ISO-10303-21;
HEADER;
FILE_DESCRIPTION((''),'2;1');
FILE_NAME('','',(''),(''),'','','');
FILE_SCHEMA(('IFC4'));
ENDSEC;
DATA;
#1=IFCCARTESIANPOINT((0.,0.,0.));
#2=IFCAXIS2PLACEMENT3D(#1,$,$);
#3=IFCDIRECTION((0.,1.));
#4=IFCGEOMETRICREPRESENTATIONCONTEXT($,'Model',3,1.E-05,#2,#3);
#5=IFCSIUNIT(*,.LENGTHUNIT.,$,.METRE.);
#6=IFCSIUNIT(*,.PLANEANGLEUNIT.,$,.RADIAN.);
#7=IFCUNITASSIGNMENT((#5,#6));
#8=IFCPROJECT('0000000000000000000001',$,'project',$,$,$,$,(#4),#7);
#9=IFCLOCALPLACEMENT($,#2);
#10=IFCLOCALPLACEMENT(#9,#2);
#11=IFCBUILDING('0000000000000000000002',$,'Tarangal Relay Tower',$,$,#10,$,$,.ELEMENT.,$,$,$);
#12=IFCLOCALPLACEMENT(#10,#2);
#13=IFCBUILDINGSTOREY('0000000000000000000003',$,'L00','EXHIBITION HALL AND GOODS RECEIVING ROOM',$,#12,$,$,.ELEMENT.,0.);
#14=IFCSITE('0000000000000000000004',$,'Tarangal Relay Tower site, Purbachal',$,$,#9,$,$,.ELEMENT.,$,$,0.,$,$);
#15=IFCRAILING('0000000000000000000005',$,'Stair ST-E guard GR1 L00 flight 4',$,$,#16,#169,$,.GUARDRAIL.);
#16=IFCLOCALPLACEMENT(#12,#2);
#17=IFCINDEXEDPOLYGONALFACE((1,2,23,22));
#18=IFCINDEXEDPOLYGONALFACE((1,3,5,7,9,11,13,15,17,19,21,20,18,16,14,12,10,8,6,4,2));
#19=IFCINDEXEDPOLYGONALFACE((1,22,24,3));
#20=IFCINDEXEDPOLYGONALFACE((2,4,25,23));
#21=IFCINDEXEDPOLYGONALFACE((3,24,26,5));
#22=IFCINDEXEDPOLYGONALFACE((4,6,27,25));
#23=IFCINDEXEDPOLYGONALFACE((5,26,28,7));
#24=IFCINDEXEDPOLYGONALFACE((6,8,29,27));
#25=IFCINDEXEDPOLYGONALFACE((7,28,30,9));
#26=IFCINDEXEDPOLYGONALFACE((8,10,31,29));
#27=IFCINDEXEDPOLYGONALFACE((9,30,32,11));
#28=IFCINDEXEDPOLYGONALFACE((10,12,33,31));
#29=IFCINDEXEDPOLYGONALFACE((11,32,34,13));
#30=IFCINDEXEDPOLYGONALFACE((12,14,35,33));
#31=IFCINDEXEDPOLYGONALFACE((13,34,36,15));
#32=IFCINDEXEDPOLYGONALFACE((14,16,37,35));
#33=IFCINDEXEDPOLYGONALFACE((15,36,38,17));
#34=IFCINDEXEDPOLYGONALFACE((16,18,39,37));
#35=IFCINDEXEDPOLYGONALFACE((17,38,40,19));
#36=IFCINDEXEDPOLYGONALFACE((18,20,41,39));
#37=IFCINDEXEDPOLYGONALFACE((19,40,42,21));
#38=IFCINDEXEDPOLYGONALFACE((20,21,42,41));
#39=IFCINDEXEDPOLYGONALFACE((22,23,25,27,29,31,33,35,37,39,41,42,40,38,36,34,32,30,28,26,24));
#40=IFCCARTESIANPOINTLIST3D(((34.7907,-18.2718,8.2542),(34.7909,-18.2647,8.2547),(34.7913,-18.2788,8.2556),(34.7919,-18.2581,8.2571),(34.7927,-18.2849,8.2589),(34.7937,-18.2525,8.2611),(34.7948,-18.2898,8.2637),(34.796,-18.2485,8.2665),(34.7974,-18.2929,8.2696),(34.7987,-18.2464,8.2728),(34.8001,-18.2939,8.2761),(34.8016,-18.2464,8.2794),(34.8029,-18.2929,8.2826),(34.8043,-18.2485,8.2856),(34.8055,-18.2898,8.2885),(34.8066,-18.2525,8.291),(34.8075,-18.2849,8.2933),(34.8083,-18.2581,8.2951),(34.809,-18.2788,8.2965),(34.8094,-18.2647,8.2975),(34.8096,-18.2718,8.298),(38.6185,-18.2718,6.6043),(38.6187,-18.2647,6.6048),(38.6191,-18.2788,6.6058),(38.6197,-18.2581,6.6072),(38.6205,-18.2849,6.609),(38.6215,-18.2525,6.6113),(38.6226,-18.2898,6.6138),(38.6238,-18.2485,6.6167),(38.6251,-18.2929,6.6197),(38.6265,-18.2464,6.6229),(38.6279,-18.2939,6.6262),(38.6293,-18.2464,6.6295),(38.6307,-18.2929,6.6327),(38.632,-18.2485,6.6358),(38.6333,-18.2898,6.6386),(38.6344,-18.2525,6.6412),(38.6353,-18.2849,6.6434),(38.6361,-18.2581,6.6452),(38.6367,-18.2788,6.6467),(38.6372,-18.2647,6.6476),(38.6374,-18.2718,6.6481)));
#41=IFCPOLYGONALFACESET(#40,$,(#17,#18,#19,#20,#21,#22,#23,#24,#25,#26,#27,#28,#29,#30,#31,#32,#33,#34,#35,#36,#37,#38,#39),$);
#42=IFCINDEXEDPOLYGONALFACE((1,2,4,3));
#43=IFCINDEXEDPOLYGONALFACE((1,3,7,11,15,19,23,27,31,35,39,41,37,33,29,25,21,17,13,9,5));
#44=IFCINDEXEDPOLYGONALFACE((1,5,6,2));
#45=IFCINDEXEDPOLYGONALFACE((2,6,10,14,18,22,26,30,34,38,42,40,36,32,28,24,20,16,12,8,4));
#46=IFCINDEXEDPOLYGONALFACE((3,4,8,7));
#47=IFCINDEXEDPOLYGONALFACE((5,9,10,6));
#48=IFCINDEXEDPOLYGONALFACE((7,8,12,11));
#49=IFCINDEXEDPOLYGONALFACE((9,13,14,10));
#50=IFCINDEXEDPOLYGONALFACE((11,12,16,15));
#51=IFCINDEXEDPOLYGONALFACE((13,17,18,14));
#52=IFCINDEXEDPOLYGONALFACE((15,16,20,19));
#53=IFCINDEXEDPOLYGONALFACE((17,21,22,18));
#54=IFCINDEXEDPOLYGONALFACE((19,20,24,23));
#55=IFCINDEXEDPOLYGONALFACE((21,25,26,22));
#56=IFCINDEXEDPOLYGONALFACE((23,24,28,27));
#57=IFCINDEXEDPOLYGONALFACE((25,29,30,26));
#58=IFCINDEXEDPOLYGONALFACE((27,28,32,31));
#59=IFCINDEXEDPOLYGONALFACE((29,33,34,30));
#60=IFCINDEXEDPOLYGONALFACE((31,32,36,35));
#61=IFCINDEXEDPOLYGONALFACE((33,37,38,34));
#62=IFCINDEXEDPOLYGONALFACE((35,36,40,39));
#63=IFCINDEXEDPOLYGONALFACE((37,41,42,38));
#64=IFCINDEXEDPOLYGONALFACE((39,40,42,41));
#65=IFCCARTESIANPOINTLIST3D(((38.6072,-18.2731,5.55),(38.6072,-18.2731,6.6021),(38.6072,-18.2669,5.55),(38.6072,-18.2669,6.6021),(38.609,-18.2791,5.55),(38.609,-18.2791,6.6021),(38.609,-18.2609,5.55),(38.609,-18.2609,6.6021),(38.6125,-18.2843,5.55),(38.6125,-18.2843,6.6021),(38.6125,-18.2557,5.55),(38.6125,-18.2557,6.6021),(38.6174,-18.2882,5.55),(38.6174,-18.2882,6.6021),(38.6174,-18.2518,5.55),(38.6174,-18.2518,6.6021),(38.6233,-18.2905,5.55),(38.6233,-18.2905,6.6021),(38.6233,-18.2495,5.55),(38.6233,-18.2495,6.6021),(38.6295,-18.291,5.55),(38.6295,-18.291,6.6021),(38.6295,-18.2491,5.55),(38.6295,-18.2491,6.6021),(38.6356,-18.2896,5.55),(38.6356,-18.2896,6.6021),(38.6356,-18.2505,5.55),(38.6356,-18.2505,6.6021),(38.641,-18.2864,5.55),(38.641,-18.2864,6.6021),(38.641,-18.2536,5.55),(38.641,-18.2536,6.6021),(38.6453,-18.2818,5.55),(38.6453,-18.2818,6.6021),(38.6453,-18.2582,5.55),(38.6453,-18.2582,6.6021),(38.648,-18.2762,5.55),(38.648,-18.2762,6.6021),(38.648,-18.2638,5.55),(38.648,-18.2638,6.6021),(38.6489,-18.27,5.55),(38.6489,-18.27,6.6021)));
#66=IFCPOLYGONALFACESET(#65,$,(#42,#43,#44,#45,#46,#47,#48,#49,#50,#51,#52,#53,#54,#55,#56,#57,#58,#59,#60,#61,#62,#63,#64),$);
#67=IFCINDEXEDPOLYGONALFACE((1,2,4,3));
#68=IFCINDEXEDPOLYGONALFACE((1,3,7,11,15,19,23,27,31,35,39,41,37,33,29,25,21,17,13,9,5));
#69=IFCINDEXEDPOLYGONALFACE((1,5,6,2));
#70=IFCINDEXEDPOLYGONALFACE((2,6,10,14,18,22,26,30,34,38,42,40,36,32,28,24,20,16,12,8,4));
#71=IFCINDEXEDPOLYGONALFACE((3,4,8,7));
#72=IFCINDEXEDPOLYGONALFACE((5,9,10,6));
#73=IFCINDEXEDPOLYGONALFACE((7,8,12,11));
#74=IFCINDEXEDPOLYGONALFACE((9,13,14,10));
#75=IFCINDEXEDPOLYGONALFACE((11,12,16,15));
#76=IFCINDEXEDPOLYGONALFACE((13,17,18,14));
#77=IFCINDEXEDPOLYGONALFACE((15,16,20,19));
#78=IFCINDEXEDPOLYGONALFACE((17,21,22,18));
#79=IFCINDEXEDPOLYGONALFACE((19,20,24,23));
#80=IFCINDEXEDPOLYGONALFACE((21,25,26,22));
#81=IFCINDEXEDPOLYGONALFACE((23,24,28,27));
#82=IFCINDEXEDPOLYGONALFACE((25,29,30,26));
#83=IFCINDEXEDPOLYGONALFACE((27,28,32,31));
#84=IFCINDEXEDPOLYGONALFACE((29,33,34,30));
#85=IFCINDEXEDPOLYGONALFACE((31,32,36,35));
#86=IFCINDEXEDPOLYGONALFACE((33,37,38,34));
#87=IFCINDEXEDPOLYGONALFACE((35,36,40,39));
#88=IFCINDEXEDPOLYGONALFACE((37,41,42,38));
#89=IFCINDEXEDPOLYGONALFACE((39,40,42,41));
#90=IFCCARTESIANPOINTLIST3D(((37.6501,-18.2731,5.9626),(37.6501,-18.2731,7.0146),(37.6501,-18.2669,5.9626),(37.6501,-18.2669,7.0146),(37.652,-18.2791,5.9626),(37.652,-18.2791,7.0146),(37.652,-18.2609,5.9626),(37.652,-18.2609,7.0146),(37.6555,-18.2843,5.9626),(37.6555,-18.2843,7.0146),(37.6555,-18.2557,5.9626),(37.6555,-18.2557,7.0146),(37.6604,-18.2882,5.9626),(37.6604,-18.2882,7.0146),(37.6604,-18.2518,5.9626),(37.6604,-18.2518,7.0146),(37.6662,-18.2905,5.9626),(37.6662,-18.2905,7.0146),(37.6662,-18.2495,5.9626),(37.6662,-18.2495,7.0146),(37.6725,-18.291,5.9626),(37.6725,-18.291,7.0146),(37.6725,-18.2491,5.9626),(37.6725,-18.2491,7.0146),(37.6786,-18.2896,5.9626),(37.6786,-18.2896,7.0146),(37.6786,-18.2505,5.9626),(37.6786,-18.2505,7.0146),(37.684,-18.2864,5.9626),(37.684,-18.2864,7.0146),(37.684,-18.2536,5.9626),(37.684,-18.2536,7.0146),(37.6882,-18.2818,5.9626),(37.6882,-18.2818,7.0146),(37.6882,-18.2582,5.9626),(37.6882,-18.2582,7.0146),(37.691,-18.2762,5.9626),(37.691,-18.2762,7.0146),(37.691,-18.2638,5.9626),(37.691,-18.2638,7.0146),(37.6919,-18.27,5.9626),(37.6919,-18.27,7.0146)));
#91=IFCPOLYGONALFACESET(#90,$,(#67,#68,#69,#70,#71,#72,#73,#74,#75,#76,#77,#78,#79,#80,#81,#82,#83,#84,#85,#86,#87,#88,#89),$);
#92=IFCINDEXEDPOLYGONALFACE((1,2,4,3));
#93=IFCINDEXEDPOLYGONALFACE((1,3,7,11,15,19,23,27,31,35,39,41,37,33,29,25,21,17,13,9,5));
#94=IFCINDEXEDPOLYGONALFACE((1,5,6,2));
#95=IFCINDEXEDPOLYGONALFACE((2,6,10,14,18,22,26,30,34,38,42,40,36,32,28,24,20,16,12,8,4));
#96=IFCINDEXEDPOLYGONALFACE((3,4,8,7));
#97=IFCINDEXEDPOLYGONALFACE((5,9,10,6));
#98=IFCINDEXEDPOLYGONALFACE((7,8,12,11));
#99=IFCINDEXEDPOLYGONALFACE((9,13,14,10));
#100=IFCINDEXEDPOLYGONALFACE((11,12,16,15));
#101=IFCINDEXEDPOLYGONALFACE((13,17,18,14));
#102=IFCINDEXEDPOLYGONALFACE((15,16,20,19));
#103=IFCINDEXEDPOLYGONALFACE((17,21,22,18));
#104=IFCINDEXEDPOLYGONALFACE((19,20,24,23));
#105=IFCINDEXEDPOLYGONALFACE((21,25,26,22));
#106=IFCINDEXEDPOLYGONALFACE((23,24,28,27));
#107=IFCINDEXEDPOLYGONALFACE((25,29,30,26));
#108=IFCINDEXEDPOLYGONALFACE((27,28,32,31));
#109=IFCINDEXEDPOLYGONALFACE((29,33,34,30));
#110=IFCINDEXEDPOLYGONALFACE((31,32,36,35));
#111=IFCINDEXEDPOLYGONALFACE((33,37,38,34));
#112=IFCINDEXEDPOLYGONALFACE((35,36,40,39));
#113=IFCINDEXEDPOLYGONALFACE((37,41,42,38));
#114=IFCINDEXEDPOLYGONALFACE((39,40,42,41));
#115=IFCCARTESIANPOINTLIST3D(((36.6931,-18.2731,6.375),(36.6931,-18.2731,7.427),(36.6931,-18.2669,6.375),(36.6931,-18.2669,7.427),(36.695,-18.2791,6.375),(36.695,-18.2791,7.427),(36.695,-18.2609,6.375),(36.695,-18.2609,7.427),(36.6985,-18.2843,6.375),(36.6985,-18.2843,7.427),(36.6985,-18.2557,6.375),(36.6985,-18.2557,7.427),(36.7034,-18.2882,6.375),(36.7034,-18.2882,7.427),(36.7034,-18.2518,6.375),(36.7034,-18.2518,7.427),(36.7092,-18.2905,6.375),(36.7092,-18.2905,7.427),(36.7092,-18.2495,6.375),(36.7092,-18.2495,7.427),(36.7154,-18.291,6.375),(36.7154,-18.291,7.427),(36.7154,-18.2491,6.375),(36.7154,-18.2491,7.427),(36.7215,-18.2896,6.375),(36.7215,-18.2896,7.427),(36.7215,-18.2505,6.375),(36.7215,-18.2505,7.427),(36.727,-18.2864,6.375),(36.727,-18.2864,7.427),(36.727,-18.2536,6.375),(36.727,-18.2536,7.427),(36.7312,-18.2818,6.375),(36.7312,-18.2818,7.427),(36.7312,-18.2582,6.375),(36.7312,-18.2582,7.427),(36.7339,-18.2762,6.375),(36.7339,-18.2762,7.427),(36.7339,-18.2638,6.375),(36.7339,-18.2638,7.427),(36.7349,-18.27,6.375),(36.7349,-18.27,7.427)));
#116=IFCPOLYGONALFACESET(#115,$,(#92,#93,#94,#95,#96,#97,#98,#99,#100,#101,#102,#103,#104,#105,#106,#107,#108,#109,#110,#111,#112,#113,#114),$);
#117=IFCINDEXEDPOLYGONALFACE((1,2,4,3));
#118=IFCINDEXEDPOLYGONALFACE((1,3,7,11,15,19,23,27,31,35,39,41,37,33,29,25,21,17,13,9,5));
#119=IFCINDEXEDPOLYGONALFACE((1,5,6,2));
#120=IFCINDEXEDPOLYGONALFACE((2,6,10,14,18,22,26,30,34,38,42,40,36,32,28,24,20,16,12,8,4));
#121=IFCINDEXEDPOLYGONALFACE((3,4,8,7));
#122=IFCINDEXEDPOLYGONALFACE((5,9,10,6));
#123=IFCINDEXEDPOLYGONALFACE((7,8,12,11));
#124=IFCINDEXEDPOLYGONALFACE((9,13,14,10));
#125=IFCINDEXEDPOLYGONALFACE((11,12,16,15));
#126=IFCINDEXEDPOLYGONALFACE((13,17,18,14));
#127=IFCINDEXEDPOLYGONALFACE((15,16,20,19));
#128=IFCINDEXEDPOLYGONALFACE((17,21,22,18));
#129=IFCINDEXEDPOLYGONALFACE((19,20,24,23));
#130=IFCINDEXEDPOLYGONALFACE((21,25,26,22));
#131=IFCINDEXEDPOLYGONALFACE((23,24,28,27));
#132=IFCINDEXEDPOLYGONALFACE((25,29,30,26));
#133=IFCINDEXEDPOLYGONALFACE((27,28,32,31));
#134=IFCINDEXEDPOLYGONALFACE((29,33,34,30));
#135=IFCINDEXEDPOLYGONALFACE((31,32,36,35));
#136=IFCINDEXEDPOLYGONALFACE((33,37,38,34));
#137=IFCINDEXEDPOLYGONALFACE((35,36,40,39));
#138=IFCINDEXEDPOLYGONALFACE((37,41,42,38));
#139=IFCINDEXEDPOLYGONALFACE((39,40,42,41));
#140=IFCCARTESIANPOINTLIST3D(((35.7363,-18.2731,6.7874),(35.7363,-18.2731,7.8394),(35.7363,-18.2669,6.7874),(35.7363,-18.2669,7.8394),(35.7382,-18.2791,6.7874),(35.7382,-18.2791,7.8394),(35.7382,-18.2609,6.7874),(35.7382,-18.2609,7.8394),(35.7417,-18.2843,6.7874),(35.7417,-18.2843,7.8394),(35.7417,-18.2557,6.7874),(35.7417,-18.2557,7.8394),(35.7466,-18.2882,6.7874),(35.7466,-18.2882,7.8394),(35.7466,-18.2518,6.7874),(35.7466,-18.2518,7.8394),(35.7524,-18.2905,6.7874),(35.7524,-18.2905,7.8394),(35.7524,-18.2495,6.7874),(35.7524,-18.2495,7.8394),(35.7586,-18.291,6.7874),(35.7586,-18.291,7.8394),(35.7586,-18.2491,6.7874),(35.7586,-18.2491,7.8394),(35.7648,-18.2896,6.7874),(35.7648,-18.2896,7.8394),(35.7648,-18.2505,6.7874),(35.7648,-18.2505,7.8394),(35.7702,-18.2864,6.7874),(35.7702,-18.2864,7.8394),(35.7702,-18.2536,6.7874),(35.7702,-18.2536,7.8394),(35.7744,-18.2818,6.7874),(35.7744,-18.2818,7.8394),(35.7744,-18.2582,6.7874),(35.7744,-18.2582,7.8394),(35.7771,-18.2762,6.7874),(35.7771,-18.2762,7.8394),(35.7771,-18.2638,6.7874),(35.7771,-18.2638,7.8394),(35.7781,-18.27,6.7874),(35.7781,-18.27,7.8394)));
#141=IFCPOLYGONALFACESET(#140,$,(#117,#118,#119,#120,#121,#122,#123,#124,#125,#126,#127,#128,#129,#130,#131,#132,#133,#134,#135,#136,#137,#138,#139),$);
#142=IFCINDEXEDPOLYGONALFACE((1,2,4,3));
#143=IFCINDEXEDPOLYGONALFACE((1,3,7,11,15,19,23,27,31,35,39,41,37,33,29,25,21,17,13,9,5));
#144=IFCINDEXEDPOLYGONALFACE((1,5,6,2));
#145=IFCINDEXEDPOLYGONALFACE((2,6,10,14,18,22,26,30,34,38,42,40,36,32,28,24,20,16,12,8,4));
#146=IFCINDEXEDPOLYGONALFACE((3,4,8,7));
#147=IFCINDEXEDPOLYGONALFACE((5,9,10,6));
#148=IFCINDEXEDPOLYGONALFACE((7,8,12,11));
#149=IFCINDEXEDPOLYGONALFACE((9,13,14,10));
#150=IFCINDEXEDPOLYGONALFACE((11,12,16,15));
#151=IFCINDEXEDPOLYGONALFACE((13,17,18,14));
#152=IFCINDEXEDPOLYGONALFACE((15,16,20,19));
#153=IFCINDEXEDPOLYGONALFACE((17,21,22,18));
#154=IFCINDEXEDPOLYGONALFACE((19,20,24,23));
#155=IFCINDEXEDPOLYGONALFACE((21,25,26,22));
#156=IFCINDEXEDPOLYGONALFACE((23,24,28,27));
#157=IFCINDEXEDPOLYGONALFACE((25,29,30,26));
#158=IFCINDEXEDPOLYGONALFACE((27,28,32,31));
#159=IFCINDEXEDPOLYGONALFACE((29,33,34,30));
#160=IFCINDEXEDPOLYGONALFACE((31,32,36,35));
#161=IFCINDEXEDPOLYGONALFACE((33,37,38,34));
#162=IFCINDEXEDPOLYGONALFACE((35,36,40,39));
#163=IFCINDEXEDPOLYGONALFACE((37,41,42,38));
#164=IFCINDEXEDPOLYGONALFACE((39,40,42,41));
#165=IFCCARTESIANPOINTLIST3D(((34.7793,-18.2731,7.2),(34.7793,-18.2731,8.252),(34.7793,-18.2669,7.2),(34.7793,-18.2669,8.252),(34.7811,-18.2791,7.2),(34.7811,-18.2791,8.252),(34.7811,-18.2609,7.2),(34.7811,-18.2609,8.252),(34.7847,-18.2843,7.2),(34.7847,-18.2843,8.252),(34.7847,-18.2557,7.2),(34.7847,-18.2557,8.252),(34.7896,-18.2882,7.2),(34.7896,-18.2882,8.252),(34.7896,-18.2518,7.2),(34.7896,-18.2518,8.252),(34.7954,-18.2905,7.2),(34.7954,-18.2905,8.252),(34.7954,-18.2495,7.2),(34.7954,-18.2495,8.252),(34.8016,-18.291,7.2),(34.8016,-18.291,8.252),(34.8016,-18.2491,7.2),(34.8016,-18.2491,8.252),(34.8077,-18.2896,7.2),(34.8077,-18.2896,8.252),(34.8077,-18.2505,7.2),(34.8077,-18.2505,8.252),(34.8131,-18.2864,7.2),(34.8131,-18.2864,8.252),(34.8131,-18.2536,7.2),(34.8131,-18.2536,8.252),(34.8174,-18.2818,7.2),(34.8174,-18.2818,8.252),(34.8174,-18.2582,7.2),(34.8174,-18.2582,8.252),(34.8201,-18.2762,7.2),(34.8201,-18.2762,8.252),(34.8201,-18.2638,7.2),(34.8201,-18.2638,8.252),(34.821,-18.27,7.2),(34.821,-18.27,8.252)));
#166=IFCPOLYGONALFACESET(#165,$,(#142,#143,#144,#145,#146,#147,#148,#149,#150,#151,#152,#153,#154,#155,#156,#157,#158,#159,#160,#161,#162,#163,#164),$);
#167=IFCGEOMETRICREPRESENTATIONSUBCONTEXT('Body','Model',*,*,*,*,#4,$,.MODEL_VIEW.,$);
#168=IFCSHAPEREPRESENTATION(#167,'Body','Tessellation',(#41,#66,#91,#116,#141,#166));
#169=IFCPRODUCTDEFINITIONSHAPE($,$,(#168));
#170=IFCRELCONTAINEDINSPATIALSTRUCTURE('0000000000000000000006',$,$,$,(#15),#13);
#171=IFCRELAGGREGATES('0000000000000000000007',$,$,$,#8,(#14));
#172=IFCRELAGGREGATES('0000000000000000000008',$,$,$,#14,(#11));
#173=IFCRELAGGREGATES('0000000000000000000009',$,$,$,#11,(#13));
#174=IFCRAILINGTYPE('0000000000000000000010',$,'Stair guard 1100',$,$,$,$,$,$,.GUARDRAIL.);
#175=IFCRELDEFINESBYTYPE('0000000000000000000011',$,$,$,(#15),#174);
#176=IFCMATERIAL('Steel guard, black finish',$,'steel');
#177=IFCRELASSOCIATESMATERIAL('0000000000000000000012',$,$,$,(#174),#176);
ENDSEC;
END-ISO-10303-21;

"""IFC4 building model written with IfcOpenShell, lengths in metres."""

from ifc_helpers import new_model, si_unit, direction, frame, origin, origin_2d, place, context, subcontext, project, spatial, circle, extrude, material, type_object, element, save


model = new_model("IFC4")

# Units and contexts
model_context = context("Model", 3, precision=1e-05, world=origin(), true_north=direction((0.0, 1.0)))
body_context = subcontext(model_context, "Body", "Model", "MODEL_VIEW")
ifc_project = project(units=[si_unit("LENGTHUNIT", "METRE"), si_unit("PLANEANGLEUNIT", "RADIAN")], contexts=[model_context])

# Site, building, storey
site_placement = place(None, origin())
site = spatial("IfcSite", under=ifc_project, at=site_placement, Name="Tarangal Relay Tower site, Purbachal", CompositionType="ELEMENT", RefElevation=0.0)
building_placement = place(site_placement, origin())
building = spatial("IfcBuilding", under=site, at=building_placement, Name="Tarangal Relay Tower", CompositionType="ELEMENT")
storey_placement = place(building_placement, origin())
storey = spatial("IfcBuildingStorey", under=building, at=storey_placement, Name="L00", Description="EXHIBITION HALL AND GOODS RECEIVING ROOM", CompositionType="ELEMENT", Elevation=0.0)

# Railing
ifc_material_1 = material(Name="Steel guard, black finish", Category="steel")
railing_type = type_object("IfcRailingType", Name="Stair guard 1100", PredefinedType="GUARDRAIL", material=ifc_material_1)
railing_1_placement = place(storey_placement, frame((38.6279, -18.27, 5.55)))
element("IfcRailing", 1, at=railing_1_placement, inside=storey, type_object=railing_type, Name="Stair ST-E guard GR1 L00 flight 4", PredefinedType="GUARDRAIL", context=body_context, shape_type="SweptSolid", body=[
    extrude(circle(Radius=0.0239, at=origin_2d()), frame((0.0, 0.0, 1.0762), z_axis=(-0.918328, 0.0, 0.39582), x_axis=(0.0, -1.0, 0.0)), (0.0, 0.0, 1.0), 4.1682),
    extrude(circle(Radius=0.021, at=origin_2d()), origin(), (0.0, 0.0, 1.0), 1.052),
    extrude(circle(Radius=0.021, at=origin_2d()), frame((-0.957, 0.0, 0.4126)), (0.0, 0.0, 1.0), 1.052),
    extrude(circle(Radius=0.021, at=origin_2d()), frame((-1.9141, 0.0, 0.825)), (0.0, 0.0, 1.0), 1.052),
    extrude(circle(Radius=0.021, at=origin_2d()), frame((-2.8708, 0.0, 1.2373)), (0.0, 0.0, 1.0), 1.052),
    extrude(circle(Radius=0.021, at=origin_2d()), frame((-3.8279, 0.0, 1.6499)), (0.0, 0.0, 1.0), 1.052),
])

save(model, "model.ifc")
